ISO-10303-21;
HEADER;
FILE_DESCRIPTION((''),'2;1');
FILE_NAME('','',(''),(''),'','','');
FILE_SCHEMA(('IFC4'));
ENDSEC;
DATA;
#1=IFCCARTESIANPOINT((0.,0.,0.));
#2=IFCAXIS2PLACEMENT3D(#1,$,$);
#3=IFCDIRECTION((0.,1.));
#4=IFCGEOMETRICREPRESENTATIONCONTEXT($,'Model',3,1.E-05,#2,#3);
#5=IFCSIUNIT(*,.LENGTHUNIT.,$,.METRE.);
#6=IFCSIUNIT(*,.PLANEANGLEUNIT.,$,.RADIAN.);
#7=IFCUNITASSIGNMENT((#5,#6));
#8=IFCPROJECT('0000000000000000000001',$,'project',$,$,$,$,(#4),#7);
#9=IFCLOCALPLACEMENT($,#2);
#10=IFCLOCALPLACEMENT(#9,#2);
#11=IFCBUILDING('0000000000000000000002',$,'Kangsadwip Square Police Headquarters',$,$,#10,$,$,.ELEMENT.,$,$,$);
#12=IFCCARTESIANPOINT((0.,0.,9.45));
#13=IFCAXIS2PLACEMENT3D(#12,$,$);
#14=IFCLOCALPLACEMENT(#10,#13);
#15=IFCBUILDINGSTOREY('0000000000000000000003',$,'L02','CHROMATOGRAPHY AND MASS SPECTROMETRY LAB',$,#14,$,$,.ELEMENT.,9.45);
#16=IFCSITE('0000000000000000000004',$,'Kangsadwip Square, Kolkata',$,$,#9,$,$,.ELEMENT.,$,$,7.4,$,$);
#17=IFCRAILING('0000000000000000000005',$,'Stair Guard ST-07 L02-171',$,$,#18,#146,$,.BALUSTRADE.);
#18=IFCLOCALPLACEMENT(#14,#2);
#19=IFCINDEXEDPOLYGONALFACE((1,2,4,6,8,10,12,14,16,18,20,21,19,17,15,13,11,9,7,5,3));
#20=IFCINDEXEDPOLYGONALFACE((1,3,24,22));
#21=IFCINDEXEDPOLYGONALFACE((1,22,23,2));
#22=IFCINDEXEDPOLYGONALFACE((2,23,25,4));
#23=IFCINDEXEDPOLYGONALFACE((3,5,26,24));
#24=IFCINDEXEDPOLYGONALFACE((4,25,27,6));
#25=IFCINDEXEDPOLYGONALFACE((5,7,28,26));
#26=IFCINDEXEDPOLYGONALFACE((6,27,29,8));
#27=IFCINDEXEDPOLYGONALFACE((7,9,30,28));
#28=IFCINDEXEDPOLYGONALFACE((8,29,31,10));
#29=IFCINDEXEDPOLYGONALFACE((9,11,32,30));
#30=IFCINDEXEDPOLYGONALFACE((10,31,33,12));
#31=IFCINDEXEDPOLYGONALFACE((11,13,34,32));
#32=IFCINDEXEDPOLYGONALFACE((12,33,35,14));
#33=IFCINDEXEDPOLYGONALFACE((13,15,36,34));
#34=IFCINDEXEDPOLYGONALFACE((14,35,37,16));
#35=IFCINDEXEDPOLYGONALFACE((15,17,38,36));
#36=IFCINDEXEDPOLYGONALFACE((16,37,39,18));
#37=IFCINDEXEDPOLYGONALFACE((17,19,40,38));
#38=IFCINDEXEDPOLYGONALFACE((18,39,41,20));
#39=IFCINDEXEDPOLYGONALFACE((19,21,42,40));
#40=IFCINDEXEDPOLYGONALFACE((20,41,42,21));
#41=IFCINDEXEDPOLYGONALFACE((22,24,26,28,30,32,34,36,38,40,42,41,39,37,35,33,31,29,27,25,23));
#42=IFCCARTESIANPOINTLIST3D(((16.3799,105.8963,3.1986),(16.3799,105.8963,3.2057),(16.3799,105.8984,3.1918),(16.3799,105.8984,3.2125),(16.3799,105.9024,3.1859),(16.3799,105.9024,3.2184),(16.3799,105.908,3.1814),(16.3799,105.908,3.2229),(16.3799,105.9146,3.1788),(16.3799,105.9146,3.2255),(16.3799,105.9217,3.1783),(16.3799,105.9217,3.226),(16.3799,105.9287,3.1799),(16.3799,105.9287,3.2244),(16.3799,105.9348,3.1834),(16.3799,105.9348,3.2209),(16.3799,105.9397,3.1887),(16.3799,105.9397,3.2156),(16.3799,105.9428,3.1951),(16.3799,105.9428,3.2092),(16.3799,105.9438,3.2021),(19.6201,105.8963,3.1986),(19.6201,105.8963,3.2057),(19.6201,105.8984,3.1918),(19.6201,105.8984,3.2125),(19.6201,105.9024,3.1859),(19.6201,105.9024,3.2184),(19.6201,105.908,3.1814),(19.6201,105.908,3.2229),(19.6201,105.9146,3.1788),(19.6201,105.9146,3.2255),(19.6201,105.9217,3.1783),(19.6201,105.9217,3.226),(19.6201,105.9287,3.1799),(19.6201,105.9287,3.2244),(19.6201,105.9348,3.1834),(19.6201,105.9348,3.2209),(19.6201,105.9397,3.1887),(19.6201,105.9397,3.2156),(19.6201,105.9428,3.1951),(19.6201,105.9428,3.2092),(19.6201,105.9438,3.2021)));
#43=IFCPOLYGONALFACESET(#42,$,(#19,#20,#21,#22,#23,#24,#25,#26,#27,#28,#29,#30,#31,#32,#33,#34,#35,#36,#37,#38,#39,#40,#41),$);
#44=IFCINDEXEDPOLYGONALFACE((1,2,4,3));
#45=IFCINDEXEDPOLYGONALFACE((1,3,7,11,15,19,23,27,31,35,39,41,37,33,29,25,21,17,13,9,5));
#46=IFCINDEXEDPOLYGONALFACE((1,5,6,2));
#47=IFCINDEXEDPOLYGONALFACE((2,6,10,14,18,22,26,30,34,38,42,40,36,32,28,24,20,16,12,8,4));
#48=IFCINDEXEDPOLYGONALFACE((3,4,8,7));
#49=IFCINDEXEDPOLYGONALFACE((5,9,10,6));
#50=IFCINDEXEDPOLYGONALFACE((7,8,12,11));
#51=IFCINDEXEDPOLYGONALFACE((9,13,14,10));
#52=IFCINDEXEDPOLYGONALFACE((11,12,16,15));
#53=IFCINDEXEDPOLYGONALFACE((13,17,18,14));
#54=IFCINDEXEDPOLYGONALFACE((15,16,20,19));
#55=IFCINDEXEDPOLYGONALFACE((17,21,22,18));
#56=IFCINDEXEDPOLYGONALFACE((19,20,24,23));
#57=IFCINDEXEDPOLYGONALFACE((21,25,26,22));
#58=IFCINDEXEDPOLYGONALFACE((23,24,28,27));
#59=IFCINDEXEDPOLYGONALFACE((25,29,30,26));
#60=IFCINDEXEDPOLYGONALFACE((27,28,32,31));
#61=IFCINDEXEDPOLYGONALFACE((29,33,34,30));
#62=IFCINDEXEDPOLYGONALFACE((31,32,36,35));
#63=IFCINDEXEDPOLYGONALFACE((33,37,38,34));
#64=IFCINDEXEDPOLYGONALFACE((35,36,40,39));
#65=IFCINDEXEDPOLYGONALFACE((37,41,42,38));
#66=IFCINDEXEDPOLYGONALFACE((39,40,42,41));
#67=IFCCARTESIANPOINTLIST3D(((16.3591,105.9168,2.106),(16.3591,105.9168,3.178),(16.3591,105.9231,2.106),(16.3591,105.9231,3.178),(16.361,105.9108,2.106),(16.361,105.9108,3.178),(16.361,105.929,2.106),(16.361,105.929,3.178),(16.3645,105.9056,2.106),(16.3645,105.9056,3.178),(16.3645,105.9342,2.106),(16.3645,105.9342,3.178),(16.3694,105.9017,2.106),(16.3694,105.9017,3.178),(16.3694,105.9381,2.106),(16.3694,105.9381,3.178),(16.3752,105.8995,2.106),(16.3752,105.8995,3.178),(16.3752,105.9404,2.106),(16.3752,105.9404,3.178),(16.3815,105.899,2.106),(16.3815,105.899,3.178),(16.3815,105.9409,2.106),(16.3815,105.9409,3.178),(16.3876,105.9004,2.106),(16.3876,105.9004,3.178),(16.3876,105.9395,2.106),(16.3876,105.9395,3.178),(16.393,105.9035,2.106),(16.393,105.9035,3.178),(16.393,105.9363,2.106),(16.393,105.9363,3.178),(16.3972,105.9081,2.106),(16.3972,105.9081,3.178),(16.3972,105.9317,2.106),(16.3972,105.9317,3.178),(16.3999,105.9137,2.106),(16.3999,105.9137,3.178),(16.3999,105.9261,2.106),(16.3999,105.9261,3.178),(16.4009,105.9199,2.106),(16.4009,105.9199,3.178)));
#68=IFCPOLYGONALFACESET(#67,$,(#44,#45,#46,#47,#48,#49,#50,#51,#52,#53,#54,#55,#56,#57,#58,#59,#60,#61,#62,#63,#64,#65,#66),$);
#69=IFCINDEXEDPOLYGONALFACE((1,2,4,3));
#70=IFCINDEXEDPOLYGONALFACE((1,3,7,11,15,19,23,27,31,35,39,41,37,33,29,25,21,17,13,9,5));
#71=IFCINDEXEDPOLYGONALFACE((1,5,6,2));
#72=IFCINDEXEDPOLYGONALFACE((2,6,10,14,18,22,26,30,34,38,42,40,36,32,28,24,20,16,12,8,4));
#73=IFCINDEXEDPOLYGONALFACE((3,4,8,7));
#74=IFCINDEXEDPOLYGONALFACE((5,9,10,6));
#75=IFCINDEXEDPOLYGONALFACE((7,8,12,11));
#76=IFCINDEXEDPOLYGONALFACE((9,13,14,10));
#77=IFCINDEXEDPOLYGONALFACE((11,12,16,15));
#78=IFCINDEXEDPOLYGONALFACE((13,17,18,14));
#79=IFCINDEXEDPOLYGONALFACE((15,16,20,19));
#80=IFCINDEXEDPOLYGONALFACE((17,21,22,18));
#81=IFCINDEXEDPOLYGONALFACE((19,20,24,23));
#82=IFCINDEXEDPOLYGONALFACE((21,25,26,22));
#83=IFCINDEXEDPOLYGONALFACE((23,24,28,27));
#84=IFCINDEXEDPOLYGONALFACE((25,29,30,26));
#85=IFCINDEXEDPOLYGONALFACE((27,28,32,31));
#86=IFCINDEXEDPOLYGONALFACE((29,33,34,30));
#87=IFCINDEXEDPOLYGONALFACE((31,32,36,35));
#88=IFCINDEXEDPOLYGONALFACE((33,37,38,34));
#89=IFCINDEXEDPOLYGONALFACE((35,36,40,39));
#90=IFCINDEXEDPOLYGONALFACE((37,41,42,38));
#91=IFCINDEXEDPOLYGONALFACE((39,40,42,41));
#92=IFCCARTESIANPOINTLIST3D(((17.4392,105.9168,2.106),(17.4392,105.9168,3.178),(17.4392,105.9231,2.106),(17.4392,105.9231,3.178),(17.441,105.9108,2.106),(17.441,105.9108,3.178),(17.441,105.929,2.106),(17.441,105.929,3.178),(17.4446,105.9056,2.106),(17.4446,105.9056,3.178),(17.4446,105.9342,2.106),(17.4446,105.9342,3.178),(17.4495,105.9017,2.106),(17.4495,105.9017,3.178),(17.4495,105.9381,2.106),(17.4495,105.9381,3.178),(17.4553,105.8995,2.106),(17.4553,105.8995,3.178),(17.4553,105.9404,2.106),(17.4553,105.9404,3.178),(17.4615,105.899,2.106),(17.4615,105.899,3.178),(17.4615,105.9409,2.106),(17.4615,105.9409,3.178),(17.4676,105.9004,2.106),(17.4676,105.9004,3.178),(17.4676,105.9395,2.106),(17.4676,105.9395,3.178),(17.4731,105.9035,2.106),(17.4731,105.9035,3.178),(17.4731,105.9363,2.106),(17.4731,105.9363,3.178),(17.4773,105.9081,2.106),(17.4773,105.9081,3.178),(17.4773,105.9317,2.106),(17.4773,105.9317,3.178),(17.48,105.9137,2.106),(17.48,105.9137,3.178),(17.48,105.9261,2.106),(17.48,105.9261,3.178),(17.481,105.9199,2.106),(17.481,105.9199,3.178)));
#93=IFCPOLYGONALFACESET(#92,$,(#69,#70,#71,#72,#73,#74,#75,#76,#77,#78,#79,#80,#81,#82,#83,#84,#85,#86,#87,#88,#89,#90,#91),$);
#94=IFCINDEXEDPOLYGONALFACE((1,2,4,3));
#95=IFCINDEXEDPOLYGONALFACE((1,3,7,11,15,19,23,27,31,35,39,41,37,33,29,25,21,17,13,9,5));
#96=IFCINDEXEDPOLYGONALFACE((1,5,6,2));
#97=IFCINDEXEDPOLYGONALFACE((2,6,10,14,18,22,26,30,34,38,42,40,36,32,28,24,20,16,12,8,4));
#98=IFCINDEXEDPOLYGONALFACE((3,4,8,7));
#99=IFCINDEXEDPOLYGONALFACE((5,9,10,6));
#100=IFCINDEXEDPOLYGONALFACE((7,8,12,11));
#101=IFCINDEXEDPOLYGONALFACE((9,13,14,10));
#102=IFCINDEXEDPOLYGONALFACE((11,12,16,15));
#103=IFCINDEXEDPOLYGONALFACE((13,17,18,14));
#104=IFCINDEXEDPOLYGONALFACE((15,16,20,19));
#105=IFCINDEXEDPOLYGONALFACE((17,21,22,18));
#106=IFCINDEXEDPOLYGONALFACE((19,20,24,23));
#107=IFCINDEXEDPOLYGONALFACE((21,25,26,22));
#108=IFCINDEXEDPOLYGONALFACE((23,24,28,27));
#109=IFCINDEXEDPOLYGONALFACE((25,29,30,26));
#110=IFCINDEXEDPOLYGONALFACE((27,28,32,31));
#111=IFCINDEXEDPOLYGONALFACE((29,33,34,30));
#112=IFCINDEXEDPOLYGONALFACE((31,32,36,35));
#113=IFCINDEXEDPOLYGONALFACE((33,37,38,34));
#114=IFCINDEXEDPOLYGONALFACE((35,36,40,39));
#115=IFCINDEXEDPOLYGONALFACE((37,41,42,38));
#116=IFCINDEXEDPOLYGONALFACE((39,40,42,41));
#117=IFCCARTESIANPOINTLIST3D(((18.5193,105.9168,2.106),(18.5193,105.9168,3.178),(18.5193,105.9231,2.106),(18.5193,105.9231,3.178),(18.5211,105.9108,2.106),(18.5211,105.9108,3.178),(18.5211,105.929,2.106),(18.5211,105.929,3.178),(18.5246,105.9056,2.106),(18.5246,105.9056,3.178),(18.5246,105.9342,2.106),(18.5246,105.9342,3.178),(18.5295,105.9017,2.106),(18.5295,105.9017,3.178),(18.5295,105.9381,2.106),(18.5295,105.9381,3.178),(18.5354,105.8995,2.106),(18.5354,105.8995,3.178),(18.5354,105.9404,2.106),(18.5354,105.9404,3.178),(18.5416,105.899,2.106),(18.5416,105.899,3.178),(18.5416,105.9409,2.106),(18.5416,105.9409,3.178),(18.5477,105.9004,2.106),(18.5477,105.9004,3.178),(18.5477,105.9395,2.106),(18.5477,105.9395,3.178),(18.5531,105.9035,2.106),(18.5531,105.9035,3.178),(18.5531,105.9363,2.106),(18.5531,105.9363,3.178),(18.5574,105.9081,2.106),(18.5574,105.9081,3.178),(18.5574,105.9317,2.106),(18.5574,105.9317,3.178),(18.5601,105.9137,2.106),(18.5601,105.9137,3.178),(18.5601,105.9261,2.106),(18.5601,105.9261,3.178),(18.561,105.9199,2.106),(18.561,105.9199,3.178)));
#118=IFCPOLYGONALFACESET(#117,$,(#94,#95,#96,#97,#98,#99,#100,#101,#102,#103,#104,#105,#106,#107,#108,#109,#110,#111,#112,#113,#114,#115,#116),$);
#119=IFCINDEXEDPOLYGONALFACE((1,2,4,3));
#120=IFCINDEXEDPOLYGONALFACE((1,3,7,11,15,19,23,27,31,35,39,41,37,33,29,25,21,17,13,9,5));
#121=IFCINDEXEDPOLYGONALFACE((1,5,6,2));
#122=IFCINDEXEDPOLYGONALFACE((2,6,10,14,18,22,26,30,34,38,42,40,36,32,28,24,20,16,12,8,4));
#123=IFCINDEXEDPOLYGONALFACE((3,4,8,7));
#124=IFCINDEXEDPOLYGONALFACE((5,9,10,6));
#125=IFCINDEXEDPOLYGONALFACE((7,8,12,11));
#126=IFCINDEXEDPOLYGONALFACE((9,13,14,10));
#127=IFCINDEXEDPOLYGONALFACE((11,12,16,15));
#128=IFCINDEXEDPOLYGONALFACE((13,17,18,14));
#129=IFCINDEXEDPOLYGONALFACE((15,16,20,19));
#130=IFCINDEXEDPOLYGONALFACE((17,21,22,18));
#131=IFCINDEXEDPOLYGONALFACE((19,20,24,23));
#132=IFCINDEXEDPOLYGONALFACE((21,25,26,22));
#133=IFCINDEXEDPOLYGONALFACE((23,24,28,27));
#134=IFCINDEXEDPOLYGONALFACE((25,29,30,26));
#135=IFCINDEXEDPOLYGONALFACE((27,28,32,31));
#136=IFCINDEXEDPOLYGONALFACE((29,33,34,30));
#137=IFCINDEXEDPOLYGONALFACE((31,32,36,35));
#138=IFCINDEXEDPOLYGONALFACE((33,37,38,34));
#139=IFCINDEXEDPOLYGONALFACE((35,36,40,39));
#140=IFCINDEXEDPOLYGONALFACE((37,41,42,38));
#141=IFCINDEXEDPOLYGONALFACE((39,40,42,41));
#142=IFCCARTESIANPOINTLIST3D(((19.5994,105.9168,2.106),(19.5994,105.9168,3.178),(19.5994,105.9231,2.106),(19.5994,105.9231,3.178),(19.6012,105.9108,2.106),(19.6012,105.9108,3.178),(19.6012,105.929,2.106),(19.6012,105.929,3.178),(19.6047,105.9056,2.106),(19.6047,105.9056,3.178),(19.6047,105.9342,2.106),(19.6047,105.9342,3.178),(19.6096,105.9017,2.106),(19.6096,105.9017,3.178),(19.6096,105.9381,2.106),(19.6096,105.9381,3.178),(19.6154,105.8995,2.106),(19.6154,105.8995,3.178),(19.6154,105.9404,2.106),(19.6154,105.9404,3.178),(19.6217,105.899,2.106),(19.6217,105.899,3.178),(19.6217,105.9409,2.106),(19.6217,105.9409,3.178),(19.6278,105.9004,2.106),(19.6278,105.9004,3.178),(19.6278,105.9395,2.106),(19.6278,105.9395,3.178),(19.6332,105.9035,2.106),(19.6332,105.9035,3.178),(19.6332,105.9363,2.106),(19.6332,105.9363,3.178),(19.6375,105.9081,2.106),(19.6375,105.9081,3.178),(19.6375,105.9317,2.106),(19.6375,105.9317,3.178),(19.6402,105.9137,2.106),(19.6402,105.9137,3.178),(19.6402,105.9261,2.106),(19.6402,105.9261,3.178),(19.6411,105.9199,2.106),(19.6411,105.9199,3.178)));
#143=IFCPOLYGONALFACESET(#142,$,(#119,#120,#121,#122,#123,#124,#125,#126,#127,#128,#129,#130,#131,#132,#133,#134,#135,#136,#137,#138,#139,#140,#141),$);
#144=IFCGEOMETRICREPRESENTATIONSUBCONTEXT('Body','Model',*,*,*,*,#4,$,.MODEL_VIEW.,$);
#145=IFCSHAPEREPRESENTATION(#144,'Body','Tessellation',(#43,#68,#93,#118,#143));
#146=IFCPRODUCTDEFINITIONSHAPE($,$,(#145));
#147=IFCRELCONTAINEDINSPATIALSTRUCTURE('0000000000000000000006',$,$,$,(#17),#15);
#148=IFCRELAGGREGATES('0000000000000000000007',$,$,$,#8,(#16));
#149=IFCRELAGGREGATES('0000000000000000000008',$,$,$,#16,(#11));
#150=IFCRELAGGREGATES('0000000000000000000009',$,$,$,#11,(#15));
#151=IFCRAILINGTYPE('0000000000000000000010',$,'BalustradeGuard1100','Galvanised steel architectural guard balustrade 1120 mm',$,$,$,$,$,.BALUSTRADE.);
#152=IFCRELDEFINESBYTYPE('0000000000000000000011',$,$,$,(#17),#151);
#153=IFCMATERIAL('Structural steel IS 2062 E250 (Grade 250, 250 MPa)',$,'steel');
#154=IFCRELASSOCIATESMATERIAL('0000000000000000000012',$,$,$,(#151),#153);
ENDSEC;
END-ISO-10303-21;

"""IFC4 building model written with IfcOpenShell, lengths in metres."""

from ifc_helpers import new_model, si_unit, direction, frame, origin, origin_2d, place, context, subcontext, project, spatial, circle, extrude, material, type_object, element, save


model = new_model("IFC4")

# Units and contexts
model_context = context("Model", 3, precision=1e-05, world=origin(), true_north=direction((0.0, 1.0)))
body_context = subcontext(model_context, "Body", "Model", "MODEL_VIEW")
ifc_project = project(units=[si_unit("LENGTHUNIT", "METRE"), si_unit("PLANEANGLEUNIT", "RADIAN")], contexts=[model_context])

# Site, building, storey
site_placement = place(None, origin())
site = spatial("IfcSite", under=ifc_project, at=site_placement, Name="Kangsadwip Square, Kolkata", CompositionType="ELEMENT", RefElevation=7.4)
building_placement = place(site_placement, origin())
building = spatial("IfcBuilding", under=site, at=building_placement, Name="Kangsadwip Square Police Headquarters", CompositionType="ELEMENT")
storey_placement = place(building_placement, frame((0.0, 0.0, 9.45)))
storey = spatial("IfcBuildingStorey", under=building, at=storey_placement, Name="L02", Description="CHROMATOGRAPHY AND MASS SPECTROMETRY LAB", CompositionType="ELEMENT", Elevation=9.45)

# Railing
ifc_material_1 = material(Name="Structural steel IS 2062 E250 (Grade 250, 250 MPa)", Category="steel")
railing_type_1 = type_object("IfcRailingType", Name="BalustradeGuard1100", Description="Galvanised steel architectural guard balustrade 1120 mm", PredefinedType="BALUSTRADE", material=ifc_material_1)
for number, where, name in (
    (1, (16.3799, 105.9199, 2.106), "Stair Guard ST-07 L02-171"),
):
    element("IfcRailing", number, at=place(storey_placement, frame(where)), inside=storey, type_object=railing_type_1, Name=name, PredefinedType="BALUSTRADE", context=body_context, shape_type="SweptSolid", body=[
        extrude(circle(Radius=0.0239, at=origin_2d()), frame((0.0, 0.0, 1.0962), z_axis=(1.0, 0.0, 0.0), x_axis=(0.0, 1.0, 0.0)), (0.0, 0.0, 1.0), 3.2402),
        extrude(circle(Radius=0.021, at=origin_2d()), origin(), (0.0, 0.0, 1.0), 1.072),
        extrude(circle(Radius=0.021, at=origin_2d()), frame((1.0801, 0.0, 0.0)), (0.0, 0.0, 1.0), 1.072),
        extrude(circle(Radius=0.021, at=origin_2d()), frame((2.1602, 0.0, 0.0)), (0.0, 0.0, 1.0), 1.072),
        extrude(circle(Radius=0.021, at=origin_2d()), frame((3.2402, 0.0, 0.0)), (0.0, 0.0, 1.0), 1.072),
    ])

save(model, "model.ifc")
